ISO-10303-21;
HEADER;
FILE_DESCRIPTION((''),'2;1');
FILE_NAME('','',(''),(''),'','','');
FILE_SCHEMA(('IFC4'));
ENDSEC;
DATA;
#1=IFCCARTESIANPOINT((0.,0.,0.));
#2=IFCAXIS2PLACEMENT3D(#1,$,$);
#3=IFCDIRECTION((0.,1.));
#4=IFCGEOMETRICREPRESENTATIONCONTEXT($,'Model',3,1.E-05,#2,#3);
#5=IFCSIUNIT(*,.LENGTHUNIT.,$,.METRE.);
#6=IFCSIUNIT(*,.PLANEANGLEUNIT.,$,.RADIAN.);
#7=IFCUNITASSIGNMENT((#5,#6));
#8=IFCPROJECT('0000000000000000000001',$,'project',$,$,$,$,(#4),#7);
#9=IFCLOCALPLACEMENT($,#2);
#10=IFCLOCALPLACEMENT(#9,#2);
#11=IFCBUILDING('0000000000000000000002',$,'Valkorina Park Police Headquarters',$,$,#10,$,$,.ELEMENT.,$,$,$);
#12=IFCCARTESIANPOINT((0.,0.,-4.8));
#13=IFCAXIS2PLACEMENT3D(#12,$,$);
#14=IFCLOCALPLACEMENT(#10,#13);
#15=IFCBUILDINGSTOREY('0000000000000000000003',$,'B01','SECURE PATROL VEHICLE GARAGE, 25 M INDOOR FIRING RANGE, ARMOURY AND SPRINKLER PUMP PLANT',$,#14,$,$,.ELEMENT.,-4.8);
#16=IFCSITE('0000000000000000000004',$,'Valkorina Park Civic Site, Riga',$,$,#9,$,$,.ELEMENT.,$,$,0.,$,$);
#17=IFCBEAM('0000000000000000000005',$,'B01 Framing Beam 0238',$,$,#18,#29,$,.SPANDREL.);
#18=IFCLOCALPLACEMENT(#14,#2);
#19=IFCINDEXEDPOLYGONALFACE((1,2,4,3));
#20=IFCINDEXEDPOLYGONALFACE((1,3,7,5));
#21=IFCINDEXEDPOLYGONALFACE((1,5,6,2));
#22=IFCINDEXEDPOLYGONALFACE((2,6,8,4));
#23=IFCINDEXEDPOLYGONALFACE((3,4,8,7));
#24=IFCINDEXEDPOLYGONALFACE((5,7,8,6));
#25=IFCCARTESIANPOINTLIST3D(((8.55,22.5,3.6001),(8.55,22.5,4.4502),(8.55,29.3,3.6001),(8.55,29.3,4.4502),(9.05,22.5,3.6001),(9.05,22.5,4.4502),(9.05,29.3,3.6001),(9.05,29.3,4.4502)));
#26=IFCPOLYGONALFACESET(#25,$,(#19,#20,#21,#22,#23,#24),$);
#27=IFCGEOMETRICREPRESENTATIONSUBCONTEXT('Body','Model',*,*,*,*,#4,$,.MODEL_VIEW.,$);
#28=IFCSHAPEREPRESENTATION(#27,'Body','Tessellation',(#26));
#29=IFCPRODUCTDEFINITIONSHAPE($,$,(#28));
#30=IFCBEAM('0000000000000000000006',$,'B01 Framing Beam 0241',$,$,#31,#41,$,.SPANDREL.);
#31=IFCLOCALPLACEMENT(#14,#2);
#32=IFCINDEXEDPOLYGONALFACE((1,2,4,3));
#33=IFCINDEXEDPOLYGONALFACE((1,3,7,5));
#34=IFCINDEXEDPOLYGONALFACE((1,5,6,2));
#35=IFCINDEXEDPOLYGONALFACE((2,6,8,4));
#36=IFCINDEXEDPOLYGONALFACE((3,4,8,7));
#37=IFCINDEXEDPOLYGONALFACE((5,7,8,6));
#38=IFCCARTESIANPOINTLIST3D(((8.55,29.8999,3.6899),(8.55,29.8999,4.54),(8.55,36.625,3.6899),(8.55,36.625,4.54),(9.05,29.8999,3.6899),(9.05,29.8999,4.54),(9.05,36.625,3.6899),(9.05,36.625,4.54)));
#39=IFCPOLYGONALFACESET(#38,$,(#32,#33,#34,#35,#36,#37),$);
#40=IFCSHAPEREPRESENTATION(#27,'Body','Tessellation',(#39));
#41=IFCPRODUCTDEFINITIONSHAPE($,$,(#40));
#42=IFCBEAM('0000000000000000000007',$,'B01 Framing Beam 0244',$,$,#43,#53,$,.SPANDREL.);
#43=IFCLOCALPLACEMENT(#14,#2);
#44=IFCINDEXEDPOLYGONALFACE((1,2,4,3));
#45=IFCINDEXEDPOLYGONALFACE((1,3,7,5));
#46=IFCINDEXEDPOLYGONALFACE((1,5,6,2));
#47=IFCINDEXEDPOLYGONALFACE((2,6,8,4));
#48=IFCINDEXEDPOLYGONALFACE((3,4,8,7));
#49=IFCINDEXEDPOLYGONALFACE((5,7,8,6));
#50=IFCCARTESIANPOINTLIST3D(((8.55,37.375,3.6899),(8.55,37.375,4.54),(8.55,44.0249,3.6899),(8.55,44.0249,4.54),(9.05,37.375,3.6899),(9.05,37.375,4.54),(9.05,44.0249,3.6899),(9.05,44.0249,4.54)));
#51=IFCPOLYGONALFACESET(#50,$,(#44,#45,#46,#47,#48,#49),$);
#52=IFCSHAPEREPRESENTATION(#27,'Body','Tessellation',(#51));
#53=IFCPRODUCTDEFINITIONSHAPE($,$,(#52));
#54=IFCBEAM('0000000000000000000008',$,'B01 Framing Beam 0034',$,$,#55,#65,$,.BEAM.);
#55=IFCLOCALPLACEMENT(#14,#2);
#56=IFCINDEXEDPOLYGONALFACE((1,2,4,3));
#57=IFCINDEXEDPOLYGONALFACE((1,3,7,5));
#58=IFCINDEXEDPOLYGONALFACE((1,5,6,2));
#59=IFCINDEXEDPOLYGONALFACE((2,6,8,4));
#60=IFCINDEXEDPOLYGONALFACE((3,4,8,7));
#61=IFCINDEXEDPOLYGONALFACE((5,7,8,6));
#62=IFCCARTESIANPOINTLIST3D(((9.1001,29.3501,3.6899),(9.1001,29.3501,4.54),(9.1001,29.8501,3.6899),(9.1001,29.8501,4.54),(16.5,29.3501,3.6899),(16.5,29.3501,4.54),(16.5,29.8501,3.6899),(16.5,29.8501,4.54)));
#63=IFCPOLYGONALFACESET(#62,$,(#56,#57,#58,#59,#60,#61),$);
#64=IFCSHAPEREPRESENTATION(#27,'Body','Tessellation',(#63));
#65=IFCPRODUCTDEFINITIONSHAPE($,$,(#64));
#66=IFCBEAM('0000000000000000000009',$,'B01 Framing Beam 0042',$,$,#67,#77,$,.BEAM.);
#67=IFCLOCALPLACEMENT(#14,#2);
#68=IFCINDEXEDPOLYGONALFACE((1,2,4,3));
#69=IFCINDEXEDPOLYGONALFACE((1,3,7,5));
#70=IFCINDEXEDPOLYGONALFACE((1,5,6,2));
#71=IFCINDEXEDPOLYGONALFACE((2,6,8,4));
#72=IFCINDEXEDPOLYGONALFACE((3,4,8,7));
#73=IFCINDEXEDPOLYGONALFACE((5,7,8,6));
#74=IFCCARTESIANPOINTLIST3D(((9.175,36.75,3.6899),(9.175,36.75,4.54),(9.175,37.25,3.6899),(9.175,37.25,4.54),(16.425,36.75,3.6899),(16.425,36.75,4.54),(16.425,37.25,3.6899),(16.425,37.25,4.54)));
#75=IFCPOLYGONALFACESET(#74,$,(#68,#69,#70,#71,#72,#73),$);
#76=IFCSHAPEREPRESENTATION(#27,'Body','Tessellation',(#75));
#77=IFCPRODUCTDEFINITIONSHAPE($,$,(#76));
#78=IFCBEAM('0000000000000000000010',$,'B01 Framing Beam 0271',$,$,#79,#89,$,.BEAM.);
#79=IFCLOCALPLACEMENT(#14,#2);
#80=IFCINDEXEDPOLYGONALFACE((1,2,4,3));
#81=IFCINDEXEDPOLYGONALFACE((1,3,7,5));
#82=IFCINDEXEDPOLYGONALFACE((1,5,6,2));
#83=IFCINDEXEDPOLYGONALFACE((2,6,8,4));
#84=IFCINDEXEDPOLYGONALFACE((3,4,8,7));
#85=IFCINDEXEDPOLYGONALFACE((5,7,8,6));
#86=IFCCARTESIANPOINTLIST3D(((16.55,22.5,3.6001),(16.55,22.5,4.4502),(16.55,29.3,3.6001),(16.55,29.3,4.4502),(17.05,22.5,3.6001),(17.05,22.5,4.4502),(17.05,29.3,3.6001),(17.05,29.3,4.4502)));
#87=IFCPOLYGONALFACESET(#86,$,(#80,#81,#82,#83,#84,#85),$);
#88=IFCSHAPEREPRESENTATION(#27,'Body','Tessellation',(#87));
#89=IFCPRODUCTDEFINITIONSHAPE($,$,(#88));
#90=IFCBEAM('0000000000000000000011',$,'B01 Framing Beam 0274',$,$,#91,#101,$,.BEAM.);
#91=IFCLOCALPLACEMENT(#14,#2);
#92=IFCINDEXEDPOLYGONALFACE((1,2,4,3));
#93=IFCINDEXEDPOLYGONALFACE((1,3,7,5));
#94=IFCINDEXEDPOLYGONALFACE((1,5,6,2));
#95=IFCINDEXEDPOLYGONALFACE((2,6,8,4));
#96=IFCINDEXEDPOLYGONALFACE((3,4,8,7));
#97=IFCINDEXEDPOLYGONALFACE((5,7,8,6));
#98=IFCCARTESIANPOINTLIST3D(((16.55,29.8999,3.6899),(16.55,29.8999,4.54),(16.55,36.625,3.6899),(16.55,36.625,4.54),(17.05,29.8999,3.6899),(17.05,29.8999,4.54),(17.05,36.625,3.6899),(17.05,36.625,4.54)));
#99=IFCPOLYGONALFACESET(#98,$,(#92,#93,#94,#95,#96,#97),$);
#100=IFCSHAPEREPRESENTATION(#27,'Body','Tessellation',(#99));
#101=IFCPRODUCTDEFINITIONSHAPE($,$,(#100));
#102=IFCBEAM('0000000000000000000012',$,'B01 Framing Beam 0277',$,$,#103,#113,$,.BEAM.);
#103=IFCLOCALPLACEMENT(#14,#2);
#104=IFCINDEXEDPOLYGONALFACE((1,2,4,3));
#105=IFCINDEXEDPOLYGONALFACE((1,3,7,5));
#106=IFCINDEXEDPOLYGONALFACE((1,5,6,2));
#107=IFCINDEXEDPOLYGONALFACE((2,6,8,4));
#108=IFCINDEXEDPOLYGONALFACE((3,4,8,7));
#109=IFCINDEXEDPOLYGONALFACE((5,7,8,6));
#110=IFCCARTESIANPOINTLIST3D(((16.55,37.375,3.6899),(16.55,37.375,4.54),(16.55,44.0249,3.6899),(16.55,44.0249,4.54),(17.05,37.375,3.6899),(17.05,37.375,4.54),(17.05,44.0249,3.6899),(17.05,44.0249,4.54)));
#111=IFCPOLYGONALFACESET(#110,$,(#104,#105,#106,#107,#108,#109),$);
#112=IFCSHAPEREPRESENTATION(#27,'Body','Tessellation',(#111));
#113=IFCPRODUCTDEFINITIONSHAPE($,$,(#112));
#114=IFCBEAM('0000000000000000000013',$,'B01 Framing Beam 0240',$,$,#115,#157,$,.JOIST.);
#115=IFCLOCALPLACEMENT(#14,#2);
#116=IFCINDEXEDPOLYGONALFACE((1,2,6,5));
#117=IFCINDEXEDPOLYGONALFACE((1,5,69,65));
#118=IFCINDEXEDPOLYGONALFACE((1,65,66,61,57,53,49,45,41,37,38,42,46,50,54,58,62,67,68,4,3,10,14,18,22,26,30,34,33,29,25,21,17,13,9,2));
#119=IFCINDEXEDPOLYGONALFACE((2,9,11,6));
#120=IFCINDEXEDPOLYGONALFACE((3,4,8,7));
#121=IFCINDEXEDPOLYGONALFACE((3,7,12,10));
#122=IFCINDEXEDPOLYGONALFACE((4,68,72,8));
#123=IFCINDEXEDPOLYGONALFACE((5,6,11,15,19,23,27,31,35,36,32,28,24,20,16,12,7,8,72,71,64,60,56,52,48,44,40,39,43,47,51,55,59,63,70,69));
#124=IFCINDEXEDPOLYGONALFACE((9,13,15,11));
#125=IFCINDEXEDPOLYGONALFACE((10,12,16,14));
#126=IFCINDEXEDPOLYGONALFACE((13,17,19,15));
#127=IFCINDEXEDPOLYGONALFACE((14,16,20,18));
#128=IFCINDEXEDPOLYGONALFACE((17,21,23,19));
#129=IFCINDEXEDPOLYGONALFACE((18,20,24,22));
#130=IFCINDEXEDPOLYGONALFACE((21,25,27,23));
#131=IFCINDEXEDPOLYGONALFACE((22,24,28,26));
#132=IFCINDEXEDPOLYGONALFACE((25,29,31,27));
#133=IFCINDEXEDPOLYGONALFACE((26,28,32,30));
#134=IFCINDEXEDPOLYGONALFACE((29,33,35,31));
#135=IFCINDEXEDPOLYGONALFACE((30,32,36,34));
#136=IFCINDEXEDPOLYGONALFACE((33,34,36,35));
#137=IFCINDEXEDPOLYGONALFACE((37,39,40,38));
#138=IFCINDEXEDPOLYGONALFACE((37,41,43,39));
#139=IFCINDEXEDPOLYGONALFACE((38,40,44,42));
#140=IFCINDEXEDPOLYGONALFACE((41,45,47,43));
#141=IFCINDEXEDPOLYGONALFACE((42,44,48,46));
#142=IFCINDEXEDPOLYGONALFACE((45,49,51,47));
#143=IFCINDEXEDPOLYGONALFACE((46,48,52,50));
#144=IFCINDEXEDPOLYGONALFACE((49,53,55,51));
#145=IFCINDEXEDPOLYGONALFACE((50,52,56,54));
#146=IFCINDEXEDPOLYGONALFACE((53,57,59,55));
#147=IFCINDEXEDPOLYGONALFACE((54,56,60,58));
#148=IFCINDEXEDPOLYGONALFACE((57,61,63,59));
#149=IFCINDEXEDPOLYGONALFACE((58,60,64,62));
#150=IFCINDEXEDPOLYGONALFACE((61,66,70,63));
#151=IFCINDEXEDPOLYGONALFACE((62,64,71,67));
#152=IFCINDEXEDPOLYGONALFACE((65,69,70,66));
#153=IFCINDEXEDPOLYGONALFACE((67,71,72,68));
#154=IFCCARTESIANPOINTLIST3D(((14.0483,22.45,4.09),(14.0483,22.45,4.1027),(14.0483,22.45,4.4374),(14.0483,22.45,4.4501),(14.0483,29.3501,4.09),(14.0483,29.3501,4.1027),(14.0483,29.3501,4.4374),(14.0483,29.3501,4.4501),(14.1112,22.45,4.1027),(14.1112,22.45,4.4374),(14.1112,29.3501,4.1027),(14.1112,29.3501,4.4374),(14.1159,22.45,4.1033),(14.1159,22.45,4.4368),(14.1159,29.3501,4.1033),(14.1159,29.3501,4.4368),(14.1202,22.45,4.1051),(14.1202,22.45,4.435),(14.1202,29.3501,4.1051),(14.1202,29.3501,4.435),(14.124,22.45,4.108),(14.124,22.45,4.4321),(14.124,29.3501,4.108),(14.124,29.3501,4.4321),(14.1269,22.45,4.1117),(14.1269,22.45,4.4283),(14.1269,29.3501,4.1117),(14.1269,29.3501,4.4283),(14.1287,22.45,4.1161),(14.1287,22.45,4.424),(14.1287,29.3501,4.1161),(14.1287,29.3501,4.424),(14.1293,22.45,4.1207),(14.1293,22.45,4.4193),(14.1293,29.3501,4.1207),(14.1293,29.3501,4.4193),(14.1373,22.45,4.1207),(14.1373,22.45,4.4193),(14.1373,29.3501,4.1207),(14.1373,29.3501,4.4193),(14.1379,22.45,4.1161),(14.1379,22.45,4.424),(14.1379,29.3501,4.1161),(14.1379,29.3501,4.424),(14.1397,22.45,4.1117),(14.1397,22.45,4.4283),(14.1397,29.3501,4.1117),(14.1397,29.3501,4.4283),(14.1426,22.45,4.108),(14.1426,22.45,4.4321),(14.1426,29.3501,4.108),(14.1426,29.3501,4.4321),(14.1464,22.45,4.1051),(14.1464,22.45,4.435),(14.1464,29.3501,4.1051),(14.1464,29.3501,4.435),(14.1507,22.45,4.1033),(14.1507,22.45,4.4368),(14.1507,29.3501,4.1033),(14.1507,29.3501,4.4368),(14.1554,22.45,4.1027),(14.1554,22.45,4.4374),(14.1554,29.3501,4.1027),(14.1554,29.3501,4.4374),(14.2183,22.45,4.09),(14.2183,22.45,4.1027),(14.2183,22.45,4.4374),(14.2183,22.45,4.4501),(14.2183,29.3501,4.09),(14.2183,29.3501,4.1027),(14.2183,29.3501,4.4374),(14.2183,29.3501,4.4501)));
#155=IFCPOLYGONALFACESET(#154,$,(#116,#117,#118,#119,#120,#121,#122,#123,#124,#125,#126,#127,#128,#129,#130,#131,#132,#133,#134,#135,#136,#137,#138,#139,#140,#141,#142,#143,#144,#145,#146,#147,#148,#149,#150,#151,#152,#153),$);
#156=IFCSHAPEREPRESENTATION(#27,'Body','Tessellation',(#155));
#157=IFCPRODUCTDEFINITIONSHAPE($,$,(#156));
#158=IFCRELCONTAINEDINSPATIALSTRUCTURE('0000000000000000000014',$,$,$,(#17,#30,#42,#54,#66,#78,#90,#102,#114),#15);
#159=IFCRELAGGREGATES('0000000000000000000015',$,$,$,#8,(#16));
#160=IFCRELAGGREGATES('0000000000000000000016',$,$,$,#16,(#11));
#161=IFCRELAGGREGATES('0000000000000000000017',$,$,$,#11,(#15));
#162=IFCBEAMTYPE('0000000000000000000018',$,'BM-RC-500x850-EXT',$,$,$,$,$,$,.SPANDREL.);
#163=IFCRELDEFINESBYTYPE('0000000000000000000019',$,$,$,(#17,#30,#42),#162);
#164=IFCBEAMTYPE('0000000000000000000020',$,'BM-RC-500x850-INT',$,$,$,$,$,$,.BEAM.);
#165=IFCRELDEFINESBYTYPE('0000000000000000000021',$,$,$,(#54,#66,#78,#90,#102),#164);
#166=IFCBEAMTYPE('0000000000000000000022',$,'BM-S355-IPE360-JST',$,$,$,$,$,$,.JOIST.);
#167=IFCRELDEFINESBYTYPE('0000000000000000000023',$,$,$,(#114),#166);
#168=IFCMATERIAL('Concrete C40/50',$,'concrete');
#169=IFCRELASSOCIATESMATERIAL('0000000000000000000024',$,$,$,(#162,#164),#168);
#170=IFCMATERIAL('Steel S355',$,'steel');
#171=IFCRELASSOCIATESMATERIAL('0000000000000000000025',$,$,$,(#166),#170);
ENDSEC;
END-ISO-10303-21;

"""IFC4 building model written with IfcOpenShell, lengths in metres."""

from ifc_helpers import new_model, si_unit, direction, frame, origin, origin_2d, place, context, subcontext, project, spatial, rectangle, i_section, extrude, material, material_profile, profile_set, type_object, element, save


model = new_model("IFC4")

# Units and contexts
model_context = context("Model", 3, precision=1e-05, world=origin(), true_north=direction((0.0, 1.0)))
body_context = subcontext(model_context, "Body", "Model", "MODEL_VIEW")
ifc_project = project(units=[si_unit("LENGTHUNIT", "METRE"), si_unit("PLANEANGLEUNIT", "RADIAN")], contexts=[model_context])

# Site, building, storey
site_placement = place(None, origin())
site = spatial("IfcSite", under=ifc_project, at=site_placement, Name="Valkorina Park Civic Site, Riga", CompositionType="ELEMENT", RefElevation=0.0)
building_placement = place(site_placement, origin())
building = spatial("IfcBuilding", under=site, at=building_placement, Name="Valkorina Park Police Headquarters", CompositionType="ELEMENT")
storey_placement = place(building_placement, frame((0.0, 0.0, -4.8)))
storey = spatial("IfcBuildingStorey", under=building, at=storey_placement, Name="B01", Description="SECURE PATROL VEHICLE GARAGE, 25 M INDOOR FIRING RANGE, ARMOURY AND SPRINKLER PUMP PLANT", CompositionType="ELEMENT", Elevation=-4.8)

# Shared definitions
ifc_material_1 = material(Name="Concrete C40/50", Category="concrete")

# Beams
ifc_material_profile_1 = material_profile(ifc_material_1, rectangle(XDim=0.5, YDim=0.8501, at=origin_2d()), Name="RC BEAM 500x850")
ifc_profile_set_1 = profile_set([ifc_material_profile_1], Name="Concrete C40/50")
beam_type_1 = type_object("IfcBeamType", Name="BM-RC-500x850-EXT", PredefinedType="SPANDREL", material=ifc_profile_set_1)
beam_1_placement = place(storey_placement, frame((8.8, 22.5, 4.0251), z_axis=(0.0, 1.0, 0.0), x_axis=(-1.0, 0.0, 0.0)))
element("IfcBeam", 1, at=beam_1_placement, inside=storey, type_object=beam_type_1, Name="B01 Framing Beam 0238", PredefinedType="SPANDREL", context=body_context, shape_type="SweptSolid", body=[
    extrude(rectangle(XDim=0.5, YDim=0.8501, at=origin_2d()), origin(), (0.0, 0.0, 1.0), 6.8),
])
beam_2_placement = place(storey_placement, frame((8.8, 29.8999, 4.115), z_axis=(0.0, 1.0, 0.0), x_axis=(-1.0, 0.0, 0.0)))
element("IfcBeam", 2, at=beam_2_placement, inside=storey, type_object=beam_type_1, Name="B01 Framing Beam 0241", PredefinedType="SPANDREL", context=body_context, shape_type="SweptSolid", body=[
    extrude(rectangle(XDim=0.5, YDim=0.8501, at=origin_2d()), origin(), (0.0, 0.0, 1.0), 6.7251),
])
beam_3_placement = place(storey_placement, frame((8.8, 37.375, 4.115), z_axis=(0.0, 1.0, 0.0), x_axis=(-1.0, 0.0, 0.0)))
element("IfcBeam", 3, at=beam_3_placement, inside=storey, type_object=beam_type_1, Name="B01 Framing Beam 0244", PredefinedType="SPANDREL", context=body_context, shape_type="SweptSolid", body=[
    extrude(rectangle(XDim=0.5, YDim=0.8501, at=origin_2d()), origin(), (0.0, 0.0, 1.0), 6.6499),
])
ifc_material_profile_2 = material_profile(ifc_material_1, rectangle(XDim=0.5, YDim=0.8501, at=origin_2d()), Name="RC BEAM 500x850")
ifc_profile_set_2 = profile_set([ifc_material_profile_2], Name="Concrete C40/50")
beam_type_2 = type_object("IfcBeamType", Name="BM-RC-500x850-INT", PredefinedType="BEAM", material=ifc_profile_set_2)
beam_4_placement = place(storey_placement, frame((9.1001, 29.6001, 4.115), z_axis=(1.0, 0.0, 0.0), x_axis=(0.0, 1.0, 0.0)))
element("IfcBeam", 4, at=beam_4_placement, inside=storey, type_object=beam_type_2, Name="B01 Framing Beam 0034", PredefinedType="BEAM", context=body_context, shape_type="SweptSolid", body=[
    extrude(rectangle(XDim=0.5, YDim=0.8501, at=origin_2d()), origin(), (0.0, 0.0, 1.0), 7.3999),
])
beam_5_placement = place(storey_placement, frame((9.175, 37.0, 4.115), z_axis=(1.0, 0.0, 0.0), x_axis=(0.0, 1.0, 0.0)))
element("IfcBeam", 5, at=beam_5_placement, inside=storey, type_object=beam_type_2, Name="B01 Framing Beam 0042", PredefinedType="BEAM", context=body_context, shape_type="SweptSolid", body=[
    extrude(rectangle(XDim=0.5, YDim=0.8501, at=origin_2d()), origin(), (0.0, 0.0, 1.0), 7.25),
])
beam_6_placement = place(storey_placement, frame((16.8, 22.5, 4.0251), z_axis=(0.0, 1.0, 0.0), x_axis=(-1.0, 0.0, 0.0)))
element("IfcBeam", 6, at=beam_6_placement, inside=storey, type_object=beam_type_2, Name="B01 Framing Beam 0271", PredefinedType="BEAM", context=body_context, shape_type="SweptSolid", body=[
    extrude(rectangle(XDim=0.5, YDim=0.8501, at=origin_2d()), origin(), (0.0, 0.0, 1.0), 6.8),
])
beam_7_placement = place(storey_placement, frame((16.8, 29.8999, 4.115), z_axis=(0.0, 1.0, 0.0), x_axis=(-1.0, 0.0, 0.0)))
element("IfcBeam", 7, at=beam_7_placement, inside=storey, type_object=beam_type_2, Name="B01 Framing Beam 0274", PredefinedType="BEAM", context=body_context, shape_type="SweptSolid", body=[
    extrude(rectangle(XDim=0.5, YDim=0.8501, at=origin_2d()), origin(), (0.0, 0.0, 1.0), 6.7251),
])
beam_8_placement = place(storey_placement, frame((16.8, 37.375, 4.115), z_axis=(0.0, 1.0, 0.0), x_axis=(-1.0, 0.0, 0.0)))
element("IfcBeam", 8, at=beam_8_placement, inside=storey, type_object=beam_type_2, Name="B01 Framing Beam 0277", PredefinedType="BEAM", context=body_context, shape_type="SweptSolid", body=[
    extrude(rectangle(XDim=0.5, YDim=0.8501, at=origin_2d()), origin(), (0.0, 0.0, 1.0), 6.6499),
])
ifc_material_2 = material(Name="Steel S355", Category="steel")
ifc_material_profile_3 = material_profile(ifc_material_2, i_section(OverallWidth=0.1699, OverallDepth=0.3601, WebThickness=0.0081, FlangeThickness=0.0127, FilletRadius=0.0181, at=origin_2d()), Name="IPE 360")
ifc_profile_set_3 = profile_set([ifc_material_profile_3], Name="Steel S355")
beam_type_3 = type_object("IfcBeamType", Name="BM-S355-IPE360-JST", PredefinedType="JOIST", material=ifc_profile_set_3)
beam_9_placement = place(storey_placement, frame((14.1333, 22.45, 4.27), z_axis=(0.0, 1.0, 0.0), x_axis=(-1.0, 0.0, 0.0)))
element("IfcBeam", 9, at=beam_9_placement, inside=storey, type_object=beam_type_3, Name="B01 Framing Beam 0240", PredefinedType="JOIST", context=body_context, shape_type="SweptSolid", body=[
    extrude(i_section(OverallWidth=0.1699, OverallDepth=0.3601, WebThickness=0.0081, FlangeThickness=0.0127, FilletRadius=0.0181, at=origin_2d()), origin(), (0.0, 0.0, 1.0), 6.9001),
])

save(model, "model.ifc")
